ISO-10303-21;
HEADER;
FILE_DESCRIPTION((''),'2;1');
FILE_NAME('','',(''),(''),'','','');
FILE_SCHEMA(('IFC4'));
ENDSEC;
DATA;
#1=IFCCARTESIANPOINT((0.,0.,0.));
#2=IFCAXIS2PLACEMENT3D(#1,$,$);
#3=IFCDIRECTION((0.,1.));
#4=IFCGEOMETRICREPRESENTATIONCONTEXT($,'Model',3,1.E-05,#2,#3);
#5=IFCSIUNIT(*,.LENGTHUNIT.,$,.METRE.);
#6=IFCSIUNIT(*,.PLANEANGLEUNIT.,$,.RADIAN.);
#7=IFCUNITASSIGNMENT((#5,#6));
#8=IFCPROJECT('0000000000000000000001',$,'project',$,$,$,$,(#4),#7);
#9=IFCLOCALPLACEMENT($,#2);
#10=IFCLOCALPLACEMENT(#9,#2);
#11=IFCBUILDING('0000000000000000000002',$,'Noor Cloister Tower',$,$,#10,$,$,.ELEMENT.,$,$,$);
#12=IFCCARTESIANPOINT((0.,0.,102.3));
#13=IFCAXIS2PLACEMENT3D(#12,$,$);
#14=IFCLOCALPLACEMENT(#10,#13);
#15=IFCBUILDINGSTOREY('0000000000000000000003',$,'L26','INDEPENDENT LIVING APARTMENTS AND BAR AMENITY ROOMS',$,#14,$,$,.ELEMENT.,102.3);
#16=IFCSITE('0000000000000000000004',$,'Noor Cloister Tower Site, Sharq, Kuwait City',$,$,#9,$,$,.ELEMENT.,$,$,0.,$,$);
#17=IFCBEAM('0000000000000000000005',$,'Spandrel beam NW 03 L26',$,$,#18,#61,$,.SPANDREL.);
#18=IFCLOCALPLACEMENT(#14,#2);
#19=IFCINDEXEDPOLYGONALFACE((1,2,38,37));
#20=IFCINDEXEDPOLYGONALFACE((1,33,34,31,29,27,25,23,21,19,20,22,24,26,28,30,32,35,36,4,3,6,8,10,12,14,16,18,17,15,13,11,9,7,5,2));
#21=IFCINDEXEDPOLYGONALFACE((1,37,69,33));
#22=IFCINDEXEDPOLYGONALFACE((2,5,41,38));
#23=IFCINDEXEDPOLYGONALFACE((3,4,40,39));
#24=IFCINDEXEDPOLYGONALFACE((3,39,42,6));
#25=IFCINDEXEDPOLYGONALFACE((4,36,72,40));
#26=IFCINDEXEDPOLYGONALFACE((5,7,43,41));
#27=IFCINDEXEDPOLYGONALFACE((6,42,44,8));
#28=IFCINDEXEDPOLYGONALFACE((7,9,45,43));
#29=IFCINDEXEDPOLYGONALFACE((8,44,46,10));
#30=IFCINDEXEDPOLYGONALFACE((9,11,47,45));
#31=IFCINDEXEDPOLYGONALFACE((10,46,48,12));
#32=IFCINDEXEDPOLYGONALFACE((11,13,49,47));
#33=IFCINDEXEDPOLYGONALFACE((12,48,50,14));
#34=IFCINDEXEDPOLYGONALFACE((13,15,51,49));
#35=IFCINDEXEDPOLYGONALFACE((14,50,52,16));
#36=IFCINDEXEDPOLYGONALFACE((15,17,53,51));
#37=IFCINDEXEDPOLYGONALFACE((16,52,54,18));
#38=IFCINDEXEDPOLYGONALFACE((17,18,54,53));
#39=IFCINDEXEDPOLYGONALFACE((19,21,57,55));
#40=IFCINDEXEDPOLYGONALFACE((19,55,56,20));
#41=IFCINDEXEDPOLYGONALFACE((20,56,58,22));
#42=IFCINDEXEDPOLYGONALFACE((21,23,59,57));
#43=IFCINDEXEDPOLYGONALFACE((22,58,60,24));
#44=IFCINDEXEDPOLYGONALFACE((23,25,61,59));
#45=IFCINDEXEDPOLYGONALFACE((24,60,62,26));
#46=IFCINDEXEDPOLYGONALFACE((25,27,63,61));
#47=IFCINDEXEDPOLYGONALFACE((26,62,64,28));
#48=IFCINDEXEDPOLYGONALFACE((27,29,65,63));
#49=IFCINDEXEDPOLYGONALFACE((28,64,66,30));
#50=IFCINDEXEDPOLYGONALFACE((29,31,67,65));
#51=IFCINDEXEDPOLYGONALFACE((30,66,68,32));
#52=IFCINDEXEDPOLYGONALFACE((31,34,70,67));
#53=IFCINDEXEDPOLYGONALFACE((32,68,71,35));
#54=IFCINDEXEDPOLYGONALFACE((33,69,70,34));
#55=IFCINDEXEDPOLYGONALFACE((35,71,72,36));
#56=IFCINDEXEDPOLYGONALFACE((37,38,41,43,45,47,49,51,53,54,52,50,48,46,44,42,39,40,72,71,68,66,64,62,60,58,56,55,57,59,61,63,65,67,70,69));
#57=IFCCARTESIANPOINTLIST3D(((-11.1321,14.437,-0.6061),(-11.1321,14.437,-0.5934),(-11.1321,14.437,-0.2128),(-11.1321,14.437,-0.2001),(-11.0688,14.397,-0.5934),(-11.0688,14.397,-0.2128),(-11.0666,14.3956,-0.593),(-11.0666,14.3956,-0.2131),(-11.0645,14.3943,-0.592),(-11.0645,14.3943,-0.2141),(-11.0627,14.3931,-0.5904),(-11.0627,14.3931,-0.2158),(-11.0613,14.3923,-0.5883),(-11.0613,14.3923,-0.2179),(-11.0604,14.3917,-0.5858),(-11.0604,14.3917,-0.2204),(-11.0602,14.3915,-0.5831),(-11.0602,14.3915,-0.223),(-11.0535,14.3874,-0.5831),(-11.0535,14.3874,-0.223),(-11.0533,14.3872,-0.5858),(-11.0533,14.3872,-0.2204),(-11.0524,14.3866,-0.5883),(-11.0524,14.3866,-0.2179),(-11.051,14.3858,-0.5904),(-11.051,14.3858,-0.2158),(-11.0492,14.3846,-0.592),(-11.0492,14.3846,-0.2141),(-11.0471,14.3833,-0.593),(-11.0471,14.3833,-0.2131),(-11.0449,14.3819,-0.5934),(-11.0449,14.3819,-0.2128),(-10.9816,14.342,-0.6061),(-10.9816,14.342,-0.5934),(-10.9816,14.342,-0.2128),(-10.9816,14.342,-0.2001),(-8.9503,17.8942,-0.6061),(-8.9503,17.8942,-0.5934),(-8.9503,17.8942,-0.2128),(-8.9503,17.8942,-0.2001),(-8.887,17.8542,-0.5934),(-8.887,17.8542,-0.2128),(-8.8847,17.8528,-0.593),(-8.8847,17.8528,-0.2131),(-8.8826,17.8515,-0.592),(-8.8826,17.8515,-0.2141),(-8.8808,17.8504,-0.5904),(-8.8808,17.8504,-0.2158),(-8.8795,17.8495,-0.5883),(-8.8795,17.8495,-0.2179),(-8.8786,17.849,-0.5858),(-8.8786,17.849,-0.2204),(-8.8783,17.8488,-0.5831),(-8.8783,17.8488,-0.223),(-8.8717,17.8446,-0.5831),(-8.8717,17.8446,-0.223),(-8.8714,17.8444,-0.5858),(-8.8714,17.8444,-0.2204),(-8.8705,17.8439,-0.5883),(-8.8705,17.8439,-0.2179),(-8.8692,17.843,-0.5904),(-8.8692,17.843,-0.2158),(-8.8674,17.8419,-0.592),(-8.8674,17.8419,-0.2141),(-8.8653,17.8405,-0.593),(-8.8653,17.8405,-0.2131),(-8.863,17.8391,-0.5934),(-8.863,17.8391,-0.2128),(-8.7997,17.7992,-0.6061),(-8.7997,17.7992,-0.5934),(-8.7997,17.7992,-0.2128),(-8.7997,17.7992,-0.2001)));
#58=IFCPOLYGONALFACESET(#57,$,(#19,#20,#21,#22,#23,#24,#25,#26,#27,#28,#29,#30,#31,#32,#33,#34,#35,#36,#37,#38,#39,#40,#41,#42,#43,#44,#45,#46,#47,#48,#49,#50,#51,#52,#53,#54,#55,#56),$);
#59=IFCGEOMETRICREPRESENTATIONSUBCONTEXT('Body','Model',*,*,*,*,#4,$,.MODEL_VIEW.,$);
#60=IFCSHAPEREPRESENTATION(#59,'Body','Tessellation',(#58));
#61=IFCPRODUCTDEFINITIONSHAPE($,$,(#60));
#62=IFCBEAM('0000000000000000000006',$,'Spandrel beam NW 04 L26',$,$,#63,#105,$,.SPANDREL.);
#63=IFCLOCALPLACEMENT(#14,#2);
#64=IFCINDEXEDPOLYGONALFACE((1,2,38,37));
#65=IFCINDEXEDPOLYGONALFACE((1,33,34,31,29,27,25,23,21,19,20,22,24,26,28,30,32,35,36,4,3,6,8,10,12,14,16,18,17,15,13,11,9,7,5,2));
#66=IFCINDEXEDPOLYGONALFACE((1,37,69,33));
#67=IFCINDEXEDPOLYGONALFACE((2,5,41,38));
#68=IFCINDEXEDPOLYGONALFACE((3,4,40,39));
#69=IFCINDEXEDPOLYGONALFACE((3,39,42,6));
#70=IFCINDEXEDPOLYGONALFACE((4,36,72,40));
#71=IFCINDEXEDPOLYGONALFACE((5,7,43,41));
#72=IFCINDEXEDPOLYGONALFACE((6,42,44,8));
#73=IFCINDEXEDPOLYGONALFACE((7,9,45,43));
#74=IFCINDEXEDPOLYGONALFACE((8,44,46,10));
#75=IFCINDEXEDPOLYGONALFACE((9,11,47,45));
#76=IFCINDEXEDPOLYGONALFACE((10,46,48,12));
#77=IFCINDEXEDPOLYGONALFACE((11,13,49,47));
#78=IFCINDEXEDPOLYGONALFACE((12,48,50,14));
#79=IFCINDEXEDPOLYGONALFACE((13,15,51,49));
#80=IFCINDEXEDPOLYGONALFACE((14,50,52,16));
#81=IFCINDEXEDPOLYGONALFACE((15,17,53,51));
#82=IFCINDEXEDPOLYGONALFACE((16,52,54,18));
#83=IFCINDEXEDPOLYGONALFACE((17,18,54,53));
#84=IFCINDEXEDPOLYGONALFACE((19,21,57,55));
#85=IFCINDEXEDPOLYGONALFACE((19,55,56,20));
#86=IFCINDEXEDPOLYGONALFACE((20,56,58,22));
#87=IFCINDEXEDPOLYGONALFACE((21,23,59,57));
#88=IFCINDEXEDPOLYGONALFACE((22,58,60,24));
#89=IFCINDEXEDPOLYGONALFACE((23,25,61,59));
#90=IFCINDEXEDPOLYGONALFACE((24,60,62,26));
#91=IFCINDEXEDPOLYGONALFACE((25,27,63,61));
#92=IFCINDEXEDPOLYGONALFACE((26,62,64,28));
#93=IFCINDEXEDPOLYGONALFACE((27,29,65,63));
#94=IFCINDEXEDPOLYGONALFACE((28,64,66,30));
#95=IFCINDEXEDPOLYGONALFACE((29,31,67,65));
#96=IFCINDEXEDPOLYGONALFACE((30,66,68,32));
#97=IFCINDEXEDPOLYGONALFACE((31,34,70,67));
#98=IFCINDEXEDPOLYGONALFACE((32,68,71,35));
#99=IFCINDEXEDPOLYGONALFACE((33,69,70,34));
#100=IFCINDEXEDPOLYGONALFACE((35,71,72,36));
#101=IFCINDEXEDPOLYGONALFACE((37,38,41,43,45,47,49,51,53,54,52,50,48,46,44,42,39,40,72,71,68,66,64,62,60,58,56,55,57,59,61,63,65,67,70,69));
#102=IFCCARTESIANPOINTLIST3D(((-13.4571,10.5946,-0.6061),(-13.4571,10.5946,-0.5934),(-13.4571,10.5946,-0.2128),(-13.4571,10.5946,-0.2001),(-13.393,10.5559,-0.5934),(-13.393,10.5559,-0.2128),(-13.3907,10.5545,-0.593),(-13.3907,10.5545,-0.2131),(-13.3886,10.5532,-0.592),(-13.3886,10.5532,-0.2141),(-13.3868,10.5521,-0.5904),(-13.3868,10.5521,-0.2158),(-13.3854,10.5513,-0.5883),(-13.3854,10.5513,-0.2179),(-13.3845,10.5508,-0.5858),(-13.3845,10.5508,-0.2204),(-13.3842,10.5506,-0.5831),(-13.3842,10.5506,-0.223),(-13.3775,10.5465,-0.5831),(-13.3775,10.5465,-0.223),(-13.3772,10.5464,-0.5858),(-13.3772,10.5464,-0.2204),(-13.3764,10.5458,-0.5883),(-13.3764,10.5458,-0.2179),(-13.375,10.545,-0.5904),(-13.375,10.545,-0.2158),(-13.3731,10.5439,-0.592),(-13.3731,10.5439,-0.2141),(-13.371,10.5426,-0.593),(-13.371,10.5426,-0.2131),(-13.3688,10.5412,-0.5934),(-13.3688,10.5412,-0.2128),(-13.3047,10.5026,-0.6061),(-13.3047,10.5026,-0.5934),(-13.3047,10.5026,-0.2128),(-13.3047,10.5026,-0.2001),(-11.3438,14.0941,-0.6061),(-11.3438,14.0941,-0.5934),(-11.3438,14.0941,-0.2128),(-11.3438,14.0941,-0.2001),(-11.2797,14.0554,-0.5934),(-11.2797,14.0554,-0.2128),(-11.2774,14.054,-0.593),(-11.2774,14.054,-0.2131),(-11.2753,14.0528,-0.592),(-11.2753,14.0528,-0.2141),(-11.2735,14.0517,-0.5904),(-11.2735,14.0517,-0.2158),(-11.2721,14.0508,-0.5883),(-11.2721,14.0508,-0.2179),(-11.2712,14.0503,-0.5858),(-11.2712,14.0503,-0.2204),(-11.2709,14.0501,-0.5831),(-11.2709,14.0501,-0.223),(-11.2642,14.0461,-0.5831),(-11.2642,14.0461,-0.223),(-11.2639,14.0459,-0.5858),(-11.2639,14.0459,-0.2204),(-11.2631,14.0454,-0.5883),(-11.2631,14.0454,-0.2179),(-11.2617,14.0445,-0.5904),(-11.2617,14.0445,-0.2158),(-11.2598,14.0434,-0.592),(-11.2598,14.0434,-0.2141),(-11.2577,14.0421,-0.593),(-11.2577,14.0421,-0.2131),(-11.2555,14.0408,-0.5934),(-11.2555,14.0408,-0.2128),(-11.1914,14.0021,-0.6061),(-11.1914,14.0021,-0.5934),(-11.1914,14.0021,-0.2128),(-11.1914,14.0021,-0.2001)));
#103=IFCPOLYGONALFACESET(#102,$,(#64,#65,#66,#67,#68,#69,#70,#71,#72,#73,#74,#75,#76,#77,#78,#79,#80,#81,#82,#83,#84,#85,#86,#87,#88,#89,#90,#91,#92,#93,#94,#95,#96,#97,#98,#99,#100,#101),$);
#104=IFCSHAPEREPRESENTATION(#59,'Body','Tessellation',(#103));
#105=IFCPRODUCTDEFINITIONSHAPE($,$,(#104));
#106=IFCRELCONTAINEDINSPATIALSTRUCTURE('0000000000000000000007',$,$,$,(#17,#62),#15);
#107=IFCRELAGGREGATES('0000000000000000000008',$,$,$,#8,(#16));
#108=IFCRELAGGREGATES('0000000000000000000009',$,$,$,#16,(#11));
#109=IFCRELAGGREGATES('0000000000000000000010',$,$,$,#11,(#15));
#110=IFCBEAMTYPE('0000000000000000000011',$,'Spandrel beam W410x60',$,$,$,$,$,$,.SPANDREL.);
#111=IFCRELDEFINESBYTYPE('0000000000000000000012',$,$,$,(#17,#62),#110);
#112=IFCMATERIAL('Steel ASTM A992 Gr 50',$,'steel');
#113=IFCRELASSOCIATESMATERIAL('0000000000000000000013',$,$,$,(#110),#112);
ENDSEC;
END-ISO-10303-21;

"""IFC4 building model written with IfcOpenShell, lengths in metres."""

from ifc_helpers import new_model, si_unit, direction, frame, origin, origin_2d, place, context, subcontext, project, spatial, i_section, extrude, material, material_profile, profile_set, type_object, element, save


model = new_model("IFC4")

# Units and contexts
model_context = context("Model", 3, precision=1e-05, world=origin(), true_north=direction((0.0, 1.0)))
body_context = subcontext(model_context, "Body", "Model", "MODEL_VIEW")
ifc_project = project(units=[si_unit("LENGTHUNIT", "METRE"), si_unit("PLANEANGLEUNIT", "RADIAN")], contexts=[model_context])

# Site, building, storey
site_placement = place(None, origin())
site = spatial("IfcSite", under=ifc_project, at=site_placement, Name="Noor Cloister Tower Site, Sharq, Kuwait City", CompositionType="ELEMENT", RefElevation=0.0)
building_placement = place(site_placement, origin())
building = spatial("IfcBuilding", under=site, at=building_placement, Name="Noor Cloister Tower", CompositionType="ELEMENT")
storey_placement = place(building_placement, frame((0.0, 0.0, 102.3)))
storey = spatial("IfcBuildingStorey", under=building, at=storey_placement, Name="L26", Description="INDEPENDENT LIVING APARTMENTS AND BAR AMENITY ROOMS", CompositionType="ELEMENT", Elevation=102.3)

# Beams
ifc_material_1 = material(Name="Steel ASTM A992 Gr 50", Category="steel")
ifc_material_profile_1 = material_profile(ifc_material_1, i_section(OverallWidth=0.178, OverallDepth=0.406, WebThickness=0.0078, FlangeThickness=0.0127, FilletRadius=0.0103, at=origin_2d()), Name="W410x60")
ifc_profile_set_1 = profile_set([ifc_material_profile_1], Name="Steel ASTM A992 Gr 50")
beam_type_1 = type_object("IfcBeamType", Name="Spandrel beam W410x60", PredefinedType="SPANDREL", material=ifc_profile_set_1)
for number, where, z_axis, x_axis, name in (
    (1, (-8.875, 17.8467, -0.4031), (-0.533703, -0.845672, 0.0), (0.845672, -0.533703, 0.0), "Spandrel beam NW 03 L26"),
    (2, (-11.2676, 14.0481, -0.4031), (-0.516935, -0.856025, 0.0), (0.856025, -0.516935, 0.0), "Spandrel beam NW 04 L26"),
):
    element("IfcBeam", number, at=place(storey_placement, frame(where, z_axis=z_axis, x_axis=x_axis)), inside=storey, type_object=beam_type_1, Name=name, PredefinedType="SPANDREL", context=body_context, shape_type="SweptSolid", body=[
        extrude(i_section(OverallWidth=0.178, OverallDepth=0.406, WebThickness=0.0078, FlangeThickness=0.0127, FilletRadius=0.0103, at=origin_2d()), origin(), (0.0, 0.0, 1.0), 4.0881),
    ])

save(model, "model.ifc")
